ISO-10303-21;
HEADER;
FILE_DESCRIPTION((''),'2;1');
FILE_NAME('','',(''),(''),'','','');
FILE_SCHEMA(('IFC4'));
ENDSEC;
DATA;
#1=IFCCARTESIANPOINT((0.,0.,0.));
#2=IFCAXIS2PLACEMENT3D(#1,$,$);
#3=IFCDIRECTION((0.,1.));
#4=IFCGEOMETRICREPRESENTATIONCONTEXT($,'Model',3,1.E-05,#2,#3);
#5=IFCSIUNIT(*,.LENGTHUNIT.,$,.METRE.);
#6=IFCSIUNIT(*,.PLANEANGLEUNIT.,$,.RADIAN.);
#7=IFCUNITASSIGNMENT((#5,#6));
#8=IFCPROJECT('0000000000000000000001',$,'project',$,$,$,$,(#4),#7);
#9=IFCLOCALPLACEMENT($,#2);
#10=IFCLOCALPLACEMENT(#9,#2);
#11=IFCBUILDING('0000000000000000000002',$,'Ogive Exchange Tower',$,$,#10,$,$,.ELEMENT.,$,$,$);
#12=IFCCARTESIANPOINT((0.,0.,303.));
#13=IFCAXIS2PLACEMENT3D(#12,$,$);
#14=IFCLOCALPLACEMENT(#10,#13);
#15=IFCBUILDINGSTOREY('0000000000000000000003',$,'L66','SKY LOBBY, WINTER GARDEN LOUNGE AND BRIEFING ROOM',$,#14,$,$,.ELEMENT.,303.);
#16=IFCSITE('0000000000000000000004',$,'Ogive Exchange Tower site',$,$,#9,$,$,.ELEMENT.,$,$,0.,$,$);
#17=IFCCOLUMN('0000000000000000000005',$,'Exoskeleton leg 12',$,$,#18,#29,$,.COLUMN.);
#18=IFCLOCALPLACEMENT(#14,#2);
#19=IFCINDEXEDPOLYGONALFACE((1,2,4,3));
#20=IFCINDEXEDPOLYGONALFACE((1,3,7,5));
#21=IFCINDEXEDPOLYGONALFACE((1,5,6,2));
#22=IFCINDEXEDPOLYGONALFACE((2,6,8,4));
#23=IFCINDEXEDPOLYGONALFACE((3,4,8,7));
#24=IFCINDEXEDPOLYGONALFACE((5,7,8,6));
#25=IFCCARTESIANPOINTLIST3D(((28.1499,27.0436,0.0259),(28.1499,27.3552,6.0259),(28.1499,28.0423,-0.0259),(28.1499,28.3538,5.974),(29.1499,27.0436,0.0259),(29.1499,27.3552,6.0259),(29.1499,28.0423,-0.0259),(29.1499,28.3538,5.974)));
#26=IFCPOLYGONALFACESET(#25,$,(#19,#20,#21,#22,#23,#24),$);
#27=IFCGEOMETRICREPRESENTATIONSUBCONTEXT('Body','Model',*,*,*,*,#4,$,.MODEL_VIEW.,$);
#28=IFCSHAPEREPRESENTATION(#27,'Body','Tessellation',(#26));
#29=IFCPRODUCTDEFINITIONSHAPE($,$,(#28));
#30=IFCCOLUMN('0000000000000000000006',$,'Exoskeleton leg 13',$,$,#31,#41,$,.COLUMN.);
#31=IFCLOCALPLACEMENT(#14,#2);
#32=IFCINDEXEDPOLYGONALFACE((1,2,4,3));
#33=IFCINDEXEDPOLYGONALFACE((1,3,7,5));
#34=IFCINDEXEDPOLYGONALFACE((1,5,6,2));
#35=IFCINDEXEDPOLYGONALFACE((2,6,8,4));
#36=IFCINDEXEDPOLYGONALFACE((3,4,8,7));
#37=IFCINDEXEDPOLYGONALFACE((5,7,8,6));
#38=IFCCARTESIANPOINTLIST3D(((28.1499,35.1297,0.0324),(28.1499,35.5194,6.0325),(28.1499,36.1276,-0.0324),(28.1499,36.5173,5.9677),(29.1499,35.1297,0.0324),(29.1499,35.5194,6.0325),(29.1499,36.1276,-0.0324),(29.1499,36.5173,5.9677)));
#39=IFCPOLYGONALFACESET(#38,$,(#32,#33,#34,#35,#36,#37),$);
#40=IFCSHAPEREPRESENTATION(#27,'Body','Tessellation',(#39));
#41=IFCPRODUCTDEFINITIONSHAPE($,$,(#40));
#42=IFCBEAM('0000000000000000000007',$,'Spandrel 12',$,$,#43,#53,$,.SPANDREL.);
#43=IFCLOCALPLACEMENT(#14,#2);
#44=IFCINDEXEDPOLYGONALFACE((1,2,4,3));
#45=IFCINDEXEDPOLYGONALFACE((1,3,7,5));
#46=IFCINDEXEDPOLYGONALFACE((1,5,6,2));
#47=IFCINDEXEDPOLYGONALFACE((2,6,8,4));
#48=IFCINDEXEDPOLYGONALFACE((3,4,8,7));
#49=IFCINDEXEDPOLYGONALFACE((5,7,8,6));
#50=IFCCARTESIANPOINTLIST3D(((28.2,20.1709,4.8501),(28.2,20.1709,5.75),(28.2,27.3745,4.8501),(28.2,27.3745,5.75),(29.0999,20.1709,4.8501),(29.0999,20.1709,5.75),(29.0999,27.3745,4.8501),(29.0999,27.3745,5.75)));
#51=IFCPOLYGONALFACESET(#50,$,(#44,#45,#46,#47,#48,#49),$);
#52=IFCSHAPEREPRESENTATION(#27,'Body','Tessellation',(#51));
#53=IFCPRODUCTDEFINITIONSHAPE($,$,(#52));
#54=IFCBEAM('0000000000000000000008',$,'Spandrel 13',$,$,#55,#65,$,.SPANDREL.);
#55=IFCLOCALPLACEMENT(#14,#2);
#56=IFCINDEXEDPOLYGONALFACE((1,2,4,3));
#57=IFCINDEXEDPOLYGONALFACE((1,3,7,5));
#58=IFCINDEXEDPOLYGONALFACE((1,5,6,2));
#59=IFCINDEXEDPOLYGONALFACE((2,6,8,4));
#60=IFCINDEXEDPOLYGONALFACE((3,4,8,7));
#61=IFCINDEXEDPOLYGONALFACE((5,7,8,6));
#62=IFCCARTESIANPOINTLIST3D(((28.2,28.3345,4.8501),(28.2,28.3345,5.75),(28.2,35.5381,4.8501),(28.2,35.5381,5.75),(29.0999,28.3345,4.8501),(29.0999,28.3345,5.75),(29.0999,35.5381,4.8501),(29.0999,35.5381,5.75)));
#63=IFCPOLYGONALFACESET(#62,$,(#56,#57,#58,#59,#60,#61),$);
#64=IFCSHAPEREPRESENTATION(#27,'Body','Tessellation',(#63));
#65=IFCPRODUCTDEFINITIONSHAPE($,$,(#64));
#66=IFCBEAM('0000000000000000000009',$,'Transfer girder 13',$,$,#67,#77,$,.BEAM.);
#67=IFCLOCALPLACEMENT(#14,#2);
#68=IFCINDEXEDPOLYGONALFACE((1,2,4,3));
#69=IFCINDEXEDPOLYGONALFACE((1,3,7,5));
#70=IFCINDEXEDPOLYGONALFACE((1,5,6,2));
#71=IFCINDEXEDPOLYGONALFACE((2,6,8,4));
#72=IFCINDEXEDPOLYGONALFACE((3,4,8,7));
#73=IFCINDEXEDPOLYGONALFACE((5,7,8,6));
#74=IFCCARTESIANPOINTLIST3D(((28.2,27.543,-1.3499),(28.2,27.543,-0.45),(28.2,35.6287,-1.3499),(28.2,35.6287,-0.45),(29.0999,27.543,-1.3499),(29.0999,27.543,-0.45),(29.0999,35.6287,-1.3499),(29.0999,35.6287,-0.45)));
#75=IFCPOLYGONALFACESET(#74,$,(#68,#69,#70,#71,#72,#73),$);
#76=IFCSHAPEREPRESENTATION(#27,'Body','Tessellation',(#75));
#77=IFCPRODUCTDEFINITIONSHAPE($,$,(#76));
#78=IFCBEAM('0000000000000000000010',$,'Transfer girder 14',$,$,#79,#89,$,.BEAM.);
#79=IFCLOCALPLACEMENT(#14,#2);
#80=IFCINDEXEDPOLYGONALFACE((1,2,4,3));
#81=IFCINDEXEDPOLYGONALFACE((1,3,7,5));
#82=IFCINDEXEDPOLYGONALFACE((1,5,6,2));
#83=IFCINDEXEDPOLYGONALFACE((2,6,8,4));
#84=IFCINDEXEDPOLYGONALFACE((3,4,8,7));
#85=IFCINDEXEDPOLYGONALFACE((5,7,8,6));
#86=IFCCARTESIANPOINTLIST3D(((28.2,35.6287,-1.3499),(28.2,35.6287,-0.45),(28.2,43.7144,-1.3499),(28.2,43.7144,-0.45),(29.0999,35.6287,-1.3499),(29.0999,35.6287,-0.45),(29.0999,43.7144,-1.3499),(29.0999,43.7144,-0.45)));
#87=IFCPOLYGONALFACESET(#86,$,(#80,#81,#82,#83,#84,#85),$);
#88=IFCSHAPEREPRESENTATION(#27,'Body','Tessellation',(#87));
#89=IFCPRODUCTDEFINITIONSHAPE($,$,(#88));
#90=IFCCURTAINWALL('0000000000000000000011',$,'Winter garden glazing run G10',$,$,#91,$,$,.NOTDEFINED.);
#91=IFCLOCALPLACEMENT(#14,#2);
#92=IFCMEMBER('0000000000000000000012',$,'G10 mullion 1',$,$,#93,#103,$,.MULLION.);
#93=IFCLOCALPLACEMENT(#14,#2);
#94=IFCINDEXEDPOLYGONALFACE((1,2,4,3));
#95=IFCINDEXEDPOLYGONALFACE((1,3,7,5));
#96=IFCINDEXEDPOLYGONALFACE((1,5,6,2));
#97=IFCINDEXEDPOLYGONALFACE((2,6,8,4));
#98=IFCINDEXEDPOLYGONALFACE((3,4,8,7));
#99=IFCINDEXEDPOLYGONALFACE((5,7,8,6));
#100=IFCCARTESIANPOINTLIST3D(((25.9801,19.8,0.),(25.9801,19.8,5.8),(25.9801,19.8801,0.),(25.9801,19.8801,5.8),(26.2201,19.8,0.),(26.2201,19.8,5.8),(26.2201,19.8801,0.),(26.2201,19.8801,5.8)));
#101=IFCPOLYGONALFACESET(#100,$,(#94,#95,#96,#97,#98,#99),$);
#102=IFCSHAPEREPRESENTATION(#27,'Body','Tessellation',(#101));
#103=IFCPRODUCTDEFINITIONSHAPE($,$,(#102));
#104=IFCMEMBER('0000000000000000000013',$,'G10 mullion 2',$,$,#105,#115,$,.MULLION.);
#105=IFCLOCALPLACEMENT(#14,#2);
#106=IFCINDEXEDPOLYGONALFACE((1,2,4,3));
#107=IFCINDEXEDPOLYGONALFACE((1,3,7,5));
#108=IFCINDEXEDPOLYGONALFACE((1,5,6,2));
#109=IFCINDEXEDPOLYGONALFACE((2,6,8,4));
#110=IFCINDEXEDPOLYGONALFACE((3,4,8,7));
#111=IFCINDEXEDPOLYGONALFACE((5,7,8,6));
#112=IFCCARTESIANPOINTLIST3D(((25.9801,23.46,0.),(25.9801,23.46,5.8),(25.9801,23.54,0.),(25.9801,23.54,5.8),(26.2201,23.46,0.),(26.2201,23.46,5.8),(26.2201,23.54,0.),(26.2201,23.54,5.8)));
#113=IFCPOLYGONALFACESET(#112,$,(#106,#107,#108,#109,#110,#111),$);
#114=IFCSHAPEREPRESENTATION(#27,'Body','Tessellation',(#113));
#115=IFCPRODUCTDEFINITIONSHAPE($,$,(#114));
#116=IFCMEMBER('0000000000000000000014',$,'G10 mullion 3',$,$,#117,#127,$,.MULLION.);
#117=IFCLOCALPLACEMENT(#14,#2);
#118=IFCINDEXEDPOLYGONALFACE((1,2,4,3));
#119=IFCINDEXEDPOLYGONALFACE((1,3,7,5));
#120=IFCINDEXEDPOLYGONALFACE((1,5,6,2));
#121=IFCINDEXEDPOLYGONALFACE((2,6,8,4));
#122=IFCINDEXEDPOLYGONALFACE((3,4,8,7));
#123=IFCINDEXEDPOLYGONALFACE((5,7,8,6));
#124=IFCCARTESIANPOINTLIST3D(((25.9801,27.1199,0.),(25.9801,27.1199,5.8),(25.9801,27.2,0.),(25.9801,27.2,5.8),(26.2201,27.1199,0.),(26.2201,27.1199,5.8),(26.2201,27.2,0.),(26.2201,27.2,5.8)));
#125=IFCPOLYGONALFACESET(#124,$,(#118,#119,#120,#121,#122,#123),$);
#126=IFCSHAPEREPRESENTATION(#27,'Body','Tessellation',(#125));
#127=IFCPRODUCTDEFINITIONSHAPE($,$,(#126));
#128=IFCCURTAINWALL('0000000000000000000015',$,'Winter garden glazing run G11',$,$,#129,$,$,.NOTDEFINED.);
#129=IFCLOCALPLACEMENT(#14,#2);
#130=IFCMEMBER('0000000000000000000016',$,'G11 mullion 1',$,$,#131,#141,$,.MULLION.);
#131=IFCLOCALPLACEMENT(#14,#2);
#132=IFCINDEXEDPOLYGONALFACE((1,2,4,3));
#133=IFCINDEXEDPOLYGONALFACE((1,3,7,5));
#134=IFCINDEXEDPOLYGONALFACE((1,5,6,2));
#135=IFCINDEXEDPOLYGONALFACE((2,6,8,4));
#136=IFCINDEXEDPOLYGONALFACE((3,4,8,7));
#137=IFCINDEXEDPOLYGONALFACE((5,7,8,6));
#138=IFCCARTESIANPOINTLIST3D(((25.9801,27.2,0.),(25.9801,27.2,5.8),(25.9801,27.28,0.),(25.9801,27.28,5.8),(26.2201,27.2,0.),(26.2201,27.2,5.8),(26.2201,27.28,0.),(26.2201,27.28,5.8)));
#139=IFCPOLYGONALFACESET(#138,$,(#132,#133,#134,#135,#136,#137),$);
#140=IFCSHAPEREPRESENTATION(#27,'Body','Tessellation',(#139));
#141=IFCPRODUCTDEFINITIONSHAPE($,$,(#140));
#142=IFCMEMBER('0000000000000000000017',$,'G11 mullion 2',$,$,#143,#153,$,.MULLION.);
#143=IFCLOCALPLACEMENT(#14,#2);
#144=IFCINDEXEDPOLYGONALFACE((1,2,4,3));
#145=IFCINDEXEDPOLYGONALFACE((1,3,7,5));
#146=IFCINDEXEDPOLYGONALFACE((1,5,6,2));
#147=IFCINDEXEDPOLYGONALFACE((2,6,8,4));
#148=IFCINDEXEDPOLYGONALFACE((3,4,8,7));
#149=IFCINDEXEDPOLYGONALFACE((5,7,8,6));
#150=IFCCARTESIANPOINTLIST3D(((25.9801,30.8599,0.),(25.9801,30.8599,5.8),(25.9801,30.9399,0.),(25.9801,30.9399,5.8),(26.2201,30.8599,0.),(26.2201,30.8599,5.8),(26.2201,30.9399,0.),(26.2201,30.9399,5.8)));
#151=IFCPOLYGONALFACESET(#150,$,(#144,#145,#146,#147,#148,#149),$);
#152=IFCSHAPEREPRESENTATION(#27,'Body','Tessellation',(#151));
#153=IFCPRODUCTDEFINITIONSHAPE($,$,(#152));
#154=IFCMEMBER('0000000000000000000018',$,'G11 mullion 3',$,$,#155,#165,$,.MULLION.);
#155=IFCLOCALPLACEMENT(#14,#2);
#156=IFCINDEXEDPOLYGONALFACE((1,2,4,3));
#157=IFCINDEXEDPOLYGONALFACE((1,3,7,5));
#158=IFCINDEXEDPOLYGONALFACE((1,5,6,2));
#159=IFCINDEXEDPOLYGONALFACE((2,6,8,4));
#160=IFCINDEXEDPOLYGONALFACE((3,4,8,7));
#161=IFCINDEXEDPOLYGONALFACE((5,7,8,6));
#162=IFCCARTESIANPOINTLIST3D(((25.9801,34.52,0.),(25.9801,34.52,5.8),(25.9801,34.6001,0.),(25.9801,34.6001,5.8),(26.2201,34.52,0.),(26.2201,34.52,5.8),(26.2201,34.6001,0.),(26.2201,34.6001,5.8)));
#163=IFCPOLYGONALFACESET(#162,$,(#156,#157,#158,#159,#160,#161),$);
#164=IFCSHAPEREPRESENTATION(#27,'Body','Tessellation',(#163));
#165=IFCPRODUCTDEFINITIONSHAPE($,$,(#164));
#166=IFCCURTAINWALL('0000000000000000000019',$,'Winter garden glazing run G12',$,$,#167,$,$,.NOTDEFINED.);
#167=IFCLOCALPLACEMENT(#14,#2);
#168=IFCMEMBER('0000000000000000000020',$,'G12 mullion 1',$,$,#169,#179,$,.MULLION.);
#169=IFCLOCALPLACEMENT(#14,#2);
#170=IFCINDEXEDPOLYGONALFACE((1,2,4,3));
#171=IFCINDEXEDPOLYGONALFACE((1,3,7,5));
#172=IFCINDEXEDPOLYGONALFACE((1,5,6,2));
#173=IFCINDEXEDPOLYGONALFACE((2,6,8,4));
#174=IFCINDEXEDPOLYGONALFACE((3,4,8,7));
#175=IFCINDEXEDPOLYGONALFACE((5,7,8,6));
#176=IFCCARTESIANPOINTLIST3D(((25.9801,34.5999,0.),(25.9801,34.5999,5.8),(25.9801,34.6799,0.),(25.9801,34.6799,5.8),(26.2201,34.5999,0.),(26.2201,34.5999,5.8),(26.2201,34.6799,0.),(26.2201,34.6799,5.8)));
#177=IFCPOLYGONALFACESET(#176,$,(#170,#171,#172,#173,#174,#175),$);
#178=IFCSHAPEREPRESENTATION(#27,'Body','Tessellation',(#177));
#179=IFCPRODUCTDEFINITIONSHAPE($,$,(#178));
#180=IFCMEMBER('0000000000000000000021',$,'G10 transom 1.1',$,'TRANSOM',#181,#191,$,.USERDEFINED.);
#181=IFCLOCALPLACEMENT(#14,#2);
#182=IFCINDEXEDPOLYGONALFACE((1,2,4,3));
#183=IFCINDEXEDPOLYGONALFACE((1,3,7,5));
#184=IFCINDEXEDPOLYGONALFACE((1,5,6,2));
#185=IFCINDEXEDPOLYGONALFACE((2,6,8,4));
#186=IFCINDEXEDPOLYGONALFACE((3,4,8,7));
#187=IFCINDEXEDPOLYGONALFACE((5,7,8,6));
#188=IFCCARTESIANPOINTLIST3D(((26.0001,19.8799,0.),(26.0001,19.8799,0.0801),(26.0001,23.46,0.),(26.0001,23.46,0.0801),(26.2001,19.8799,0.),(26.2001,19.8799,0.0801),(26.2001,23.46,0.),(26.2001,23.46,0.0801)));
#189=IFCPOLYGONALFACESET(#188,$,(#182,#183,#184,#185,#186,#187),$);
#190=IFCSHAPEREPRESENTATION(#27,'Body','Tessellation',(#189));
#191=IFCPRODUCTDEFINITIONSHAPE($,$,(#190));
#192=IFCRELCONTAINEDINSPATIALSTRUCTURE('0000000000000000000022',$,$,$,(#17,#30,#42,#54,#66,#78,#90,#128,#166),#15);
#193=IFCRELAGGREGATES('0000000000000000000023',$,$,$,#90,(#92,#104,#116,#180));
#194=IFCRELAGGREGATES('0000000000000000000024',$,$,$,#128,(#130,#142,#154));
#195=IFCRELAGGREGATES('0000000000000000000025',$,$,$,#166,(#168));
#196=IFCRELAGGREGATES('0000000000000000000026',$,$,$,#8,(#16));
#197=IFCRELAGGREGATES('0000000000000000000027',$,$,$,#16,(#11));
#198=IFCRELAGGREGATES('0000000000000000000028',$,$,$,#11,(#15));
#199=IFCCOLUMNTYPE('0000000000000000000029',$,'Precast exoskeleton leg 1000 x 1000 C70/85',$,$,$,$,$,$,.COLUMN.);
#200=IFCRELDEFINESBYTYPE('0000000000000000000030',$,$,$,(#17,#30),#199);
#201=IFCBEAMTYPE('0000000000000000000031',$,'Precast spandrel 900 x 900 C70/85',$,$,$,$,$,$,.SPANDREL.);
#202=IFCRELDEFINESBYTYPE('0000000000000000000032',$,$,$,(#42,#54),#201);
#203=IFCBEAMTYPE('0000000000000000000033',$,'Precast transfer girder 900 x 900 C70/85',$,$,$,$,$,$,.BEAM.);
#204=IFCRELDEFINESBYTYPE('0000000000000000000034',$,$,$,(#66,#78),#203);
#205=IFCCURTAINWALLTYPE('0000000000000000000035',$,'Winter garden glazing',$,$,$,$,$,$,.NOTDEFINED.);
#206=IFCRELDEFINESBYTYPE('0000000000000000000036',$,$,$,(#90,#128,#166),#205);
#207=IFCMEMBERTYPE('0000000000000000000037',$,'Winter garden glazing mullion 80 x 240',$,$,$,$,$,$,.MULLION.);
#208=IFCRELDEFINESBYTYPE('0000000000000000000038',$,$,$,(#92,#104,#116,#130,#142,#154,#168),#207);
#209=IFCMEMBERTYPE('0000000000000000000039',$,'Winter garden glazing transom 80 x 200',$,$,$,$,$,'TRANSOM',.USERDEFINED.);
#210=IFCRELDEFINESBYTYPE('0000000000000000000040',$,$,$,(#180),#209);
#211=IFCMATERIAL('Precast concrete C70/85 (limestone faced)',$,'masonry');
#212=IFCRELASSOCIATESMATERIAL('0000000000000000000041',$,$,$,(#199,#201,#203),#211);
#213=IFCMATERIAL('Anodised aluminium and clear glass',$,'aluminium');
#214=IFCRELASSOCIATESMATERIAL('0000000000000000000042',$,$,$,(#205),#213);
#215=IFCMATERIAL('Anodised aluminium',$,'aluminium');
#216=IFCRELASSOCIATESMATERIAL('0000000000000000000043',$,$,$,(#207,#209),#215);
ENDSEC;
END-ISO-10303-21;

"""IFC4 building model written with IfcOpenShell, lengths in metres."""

from ifc_helpers import new_model, si_unit, direction, frame, origin, origin_2d, place, context, subcontext, project, spatial, rectangle, extrude, material, material_profile, profile_set, type_object, element, aggregate, save


model = new_model("IFC4")

# Units and contexts
model_context = context("Model", 3, precision=1e-05, world=origin(), true_north=direction((0.0, 1.0)))
body_context = subcontext(model_context, "Body", "Model", "MODEL_VIEW")
ifc_project = project(units=[si_unit("LENGTHUNIT", "METRE"), si_unit("PLANEANGLEUNIT", "RADIAN")], contexts=[model_context])

# Site, building, storey
site_placement = place(None, origin())
site = spatial("IfcSite", under=ifc_project, at=site_placement, Name="Ogive Exchange Tower site", CompositionType="ELEMENT", RefElevation=0.0)
building_placement = place(site_placement, origin())
building = spatial("IfcBuilding", under=site, at=building_placement, Name="Ogive Exchange Tower", CompositionType="ELEMENT")
storey_placement = place(building_placement, frame((0.0, 0.0, 303.0)))
storey = spatial("IfcBuildingStorey", under=building, at=storey_placement, Name="L66", Description="SKY LOBBY, WINTER GARDEN LOUNGE AND BRIEFING ROOM", CompositionType="ELEMENT", Elevation=303.0)

# Columns
ifc_material_1 = material(Name="Precast concrete C70/85 (limestone faced)", Category="masonry")
ifc_material_profile_1 = material_profile(ifc_material_1, rectangle(XDim=1.0, YDim=1.0, at=origin_2d()), Name="1000 x 1000")
ifc_profile_set_1 = profile_set([ifc_material_profile_1], Name="Precast concrete C70/85 (limestone faced)")
column_type = type_object("IfcColumnType", Name="Precast exoskeleton leg 1000 x 1000 C70/85", PredefinedType="COLUMN", material=ifc_profile_set_1)
column_1_placement = place(storey_placement, frame((28.6499, 27.543, 0.0), z_axis=(0.0, 0.051851, 0.998655), x_axis=(-1.0, 0.0, 0.0)))
element("IfcColumn", 1, at=column_1_placement, inside=storey, type_object=column_type, Name="Exoskeleton leg 12", PredefinedType="COLUMN", context=body_context, shape_type="SweptSolid", body=[
    extrude(rectangle(XDim=1.0, YDim=1.0, at=origin_2d()), origin(), (0.0, 0.0, 1.0), 6.0081),
])
column_2_placement = place(storey_placement, frame((28.6499, 35.6287, 0.0), z_axis=(0.0, 0.064805, 0.997898), x_axis=(-1.0, 0.0, 0.0)))
element("IfcColumn", 2, at=column_2_placement, inside=storey, type_object=column_type, Name="Exoskeleton leg 13", PredefinedType="COLUMN", context=body_context, shape_type="SweptSolid", body=[
    extrude(rectangle(XDim=1.0, YDim=1.0, at=origin_2d()), origin(), (0.0, 0.0, 1.0), 6.0127),
])

# Beams
ifc_material_profile_2 = material_profile(ifc_material_1, rectangle(XDim=0.8999, YDim=0.8999, at=origin_2d()), Name="900 x 900")
ifc_profile_set_2 = profile_set([ifc_material_profile_2], Name="Precast concrete C70/85 (limestone faced)")
beam_type_1 = type_object("IfcBeamType", Name="Precast spandrel 900 x 900 C70/85", PredefinedType="SPANDREL", material=ifc_profile_set_2)
for number, where, z_axis, x_axis, name in (
    (3, (28.6499, 20.1709, 5.3), (0.0, 1.0, 0.0), (-1.0, 0.0, 0.0), "Spandrel 12"),
    (4, (28.6499, 28.3345, 5.3), (0.0, 1.0, 0.0), (-1.0, 0.0, 0.0), "Spandrel 13"),
):
    element("IfcBeam", number, at=place(storey_placement, frame(where, z_axis=z_axis, x_axis=x_axis)), inside=storey, type_object=beam_type_1, Name=name, PredefinedType="SPANDREL", context=body_context, shape_type="SweptSolid", body=[
        extrude(rectangle(XDim=0.8999, YDim=0.8999, at=origin_2d()), origin(), (0.0, 0.0, 1.0), 7.2036),
    ])
ifc_material_profile_3 = material_profile(ifc_material_1, rectangle(XDim=0.8999, YDim=0.8999, at=origin_2d()), Name="900 x 900")
ifc_profile_set_3 = profile_set([ifc_material_profile_3], Name="Precast concrete C70/85 (limestone faced)")
beam_type_2 = type_object("IfcBeamType", Name="Precast transfer girder 900 x 900 C70/85", PredefinedType="BEAM", material=ifc_profile_set_3)
for number, where, z_axis, x_axis, name in (
    (5, (28.6499, 27.543, -0.8999), (0.0, 1.0, 0.0), (-1.0, 0.0, 0.0), "Transfer girder 13"),
    (6, (28.6499, 35.6287, -0.8999), (0.0, 1.0, 0.0), (-1.0, 0.0, 0.0), "Transfer girder 14"),
):
    element("IfcBeam", number, at=place(storey_placement, frame(where, z_axis=z_axis, x_axis=x_axis)), inside=storey, type_object=beam_type_2, Name=name, PredefinedType="BEAM", context=body_context, shape_type="SweptSolid", body=[
        extrude(rectangle(XDim=0.8999, YDim=0.8999, at=origin_2d()), origin(), (0.0, 0.0, 1.0), 8.0857),
    ])

# Curtain walls, members
ifc_material_2 = material(Name="Anodised aluminium and clear glass", Category="aluminium")
curtain_wall_type = type_object("IfcCurtainWallType", Name="Winter garden glazing", PredefinedType="NOTDEFINED", material=ifc_material_2)
curtain_wall_1_placement = place(storey_placement, origin())
curtain_wall_1 = element("IfcCurtainWall", 7, at=curtain_wall_1_placement, inside=storey, type_object=curtain_wall_type, Name="Winter garden glazing run G10", PredefinedType="NOTDEFINED")
ifc_material_3 = material(Name="Anodised aluminium", Category="aluminium")
ifc_material_profile_4 = material_profile(ifc_material_3, rectangle(XDim=0.24, YDim=0.0801, at=origin_2d()), Name="AL 80x240")
ifc_profile_set_4 = profile_set([ifc_material_profile_4], Name="Anodised aluminium")
member_type_1 = type_object("IfcMemberType", Name="Winter garden glazing mullion 80 x 240", PredefinedType="MULLION", material=ifc_profile_set_4)
member_1_placement = place(storey_placement, frame((26.1001, 19.8401, 0.0), z_axis=(0.0, 0.0, 1.0), x_axis=(-1.0, 0.0, 0.0)))
member_1 = element("IfcMember", 8, at=member_1_placement, type_object=member_type_1, Name="G10 mullion 1", PredefinedType="MULLION", context=body_context, shape_type="SweptSolid", body=[
    extrude(rectangle(XDim=0.24, YDim=0.0801, at=origin_2d()), origin(), (0.0, 0.0, 1.0), 5.8),
])
member_2_placement = place(storey_placement, frame((26.1001, 23.5, 0.0), z_axis=(0.0, 0.0, 1.0), x_axis=(-1.0, 0.0, 0.0)))
member_2 = element("IfcMember", 9, at=member_2_placement, type_object=member_type_1, Name="G10 mullion 2", PredefinedType="MULLION", context=body_context, shape_type="SweptSolid", body=[
    extrude(rectangle(XDim=0.24, YDim=0.0801, at=origin_2d()), origin(), (0.0, 0.0, 1.0), 5.8),
])
member_3_placement = place(storey_placement, frame((26.1001, 27.1599, 0.0), z_axis=(0.0, 0.0, 1.0), x_axis=(-1.0, 0.0, 0.0)))
member_3 = element("IfcMember", 10, at=member_3_placement, type_object=member_type_1, Name="G10 mullion 3", PredefinedType="MULLION", context=body_context, shape_type="SweptSolid", body=[
    extrude(rectangle(XDim=0.24, YDim=0.0801, at=origin_2d()), origin(), (0.0, 0.0, 1.0), 5.8),
])
curtain_wall_2_placement = place(storey_placement, origin())
curtain_wall_2 = element("IfcCurtainWall", 11, at=curtain_wall_2_placement, inside=storey, type_object=curtain_wall_type, Name="Winter garden glazing run G11", PredefinedType="NOTDEFINED")
member_4_placement = place(storey_placement, frame((26.1001, 27.24, 0.0), z_axis=(0.0, 0.0, 1.0), x_axis=(-1.0, 0.0, 0.0)))
member_4 = element("IfcMember", 12, at=member_4_placement, type_object=member_type_1, Name="G11 mullion 1", PredefinedType="MULLION", context=body_context, shape_type="SweptSolid", body=[
    extrude(rectangle(XDim=0.24, YDim=0.0801, at=origin_2d()), origin(), (0.0, 0.0, 1.0), 5.8),
])
member_5_placement = place(storey_placement, frame((26.1001, 30.8999, 0.0), z_axis=(0.0, 0.0, 1.0), x_axis=(-1.0, 0.0, 0.0)))
member_5 = element("IfcMember", 13, at=member_5_placement, type_object=member_type_1, Name="G11 mullion 2", PredefinedType="MULLION", context=body_context, shape_type="SweptSolid", body=[
    extrude(rectangle(XDim=0.24, YDim=0.0801, at=origin_2d()), origin(), (0.0, 0.0, 1.0), 5.8),
])
member_6_placement = place(storey_placement, frame((26.1001, 34.5601, 0.0), z_axis=(0.0, 0.0, 1.0), x_axis=(-1.0, 0.0, 0.0)))
member_6 = element("IfcMember", 14, at=member_6_placement, type_object=member_type_1, Name="G11 mullion 3", PredefinedType="MULLION", context=body_context, shape_type="SweptSolid", body=[
    extrude(rectangle(XDim=0.24, YDim=0.0801, at=origin_2d()), origin(), (0.0, 0.0, 1.0), 5.8),
])

# Curtain wall, member
curtain_wall_3_placement = place(storey_placement, origin())
curtain_wall_3 = element("IfcCurtainWall", 15, at=curtain_wall_3_placement, inside=storey, type_object=curtain_wall_type, Name="Winter garden glazing run G12", PredefinedType="NOTDEFINED")
member_7_placement = place(storey_placement, frame((26.1001, 34.6399, 0.0), z_axis=(0.0, 0.0, 1.0), x_axis=(-1.0, 0.0, 0.0)))
member_7 = element("IfcMember", 16, at=member_7_placement, type_object=member_type_1, Name="G12 mullion 1", PredefinedType="MULLION", context=body_context, shape_type="SweptSolid", body=[
    extrude(rectangle(XDim=0.24, YDim=0.0801, at=origin_2d()), origin(), (0.0, 0.0, 1.0), 5.8),
])

# Member
ifc_material_profile_5 = material_profile(ifc_material_3, rectangle(XDim=0.2, YDim=0.0801, at=origin_2d()), Name="AL 80x200")
ifc_profile_set_5 = profile_set([ifc_material_profile_5], Name="Anodised aluminium")
member_type_2 = type_object("IfcMemberType", Name="Winter garden glazing transom 80 x 200", ElementType="TRANSOM", PredefinedType="USERDEFINED", material=ifc_profile_set_5)
member_8_placement = place(storey_placement, frame((26.1001, 19.8799, 0.04), z_axis=(0.0, 1.0, 0.0), x_axis=(-1.0, 0.0, 0.0)))
member_8 = element("IfcMember", 17, at=member_8_placement, type_object=member_type_2, Name="G10 transom 1.1", ObjectType="TRANSOM", PredefinedType="USERDEFINED", context=body_context, shape_type="SweptSolid", body=[
    extrude(rectangle(XDim=0.2, YDim=0.0801, at=origin_2d()), origin(), (0.0, 0.0, 1.0), 3.5801),
])

aggregate(curtain_wall_1, [member_1, member_2, member_3, member_8])
aggregate(curtain_wall_2, [member_4, member_5, member_6])
aggregate(curtain_wall_3, [member_7])

save(model, "model.ifc")
